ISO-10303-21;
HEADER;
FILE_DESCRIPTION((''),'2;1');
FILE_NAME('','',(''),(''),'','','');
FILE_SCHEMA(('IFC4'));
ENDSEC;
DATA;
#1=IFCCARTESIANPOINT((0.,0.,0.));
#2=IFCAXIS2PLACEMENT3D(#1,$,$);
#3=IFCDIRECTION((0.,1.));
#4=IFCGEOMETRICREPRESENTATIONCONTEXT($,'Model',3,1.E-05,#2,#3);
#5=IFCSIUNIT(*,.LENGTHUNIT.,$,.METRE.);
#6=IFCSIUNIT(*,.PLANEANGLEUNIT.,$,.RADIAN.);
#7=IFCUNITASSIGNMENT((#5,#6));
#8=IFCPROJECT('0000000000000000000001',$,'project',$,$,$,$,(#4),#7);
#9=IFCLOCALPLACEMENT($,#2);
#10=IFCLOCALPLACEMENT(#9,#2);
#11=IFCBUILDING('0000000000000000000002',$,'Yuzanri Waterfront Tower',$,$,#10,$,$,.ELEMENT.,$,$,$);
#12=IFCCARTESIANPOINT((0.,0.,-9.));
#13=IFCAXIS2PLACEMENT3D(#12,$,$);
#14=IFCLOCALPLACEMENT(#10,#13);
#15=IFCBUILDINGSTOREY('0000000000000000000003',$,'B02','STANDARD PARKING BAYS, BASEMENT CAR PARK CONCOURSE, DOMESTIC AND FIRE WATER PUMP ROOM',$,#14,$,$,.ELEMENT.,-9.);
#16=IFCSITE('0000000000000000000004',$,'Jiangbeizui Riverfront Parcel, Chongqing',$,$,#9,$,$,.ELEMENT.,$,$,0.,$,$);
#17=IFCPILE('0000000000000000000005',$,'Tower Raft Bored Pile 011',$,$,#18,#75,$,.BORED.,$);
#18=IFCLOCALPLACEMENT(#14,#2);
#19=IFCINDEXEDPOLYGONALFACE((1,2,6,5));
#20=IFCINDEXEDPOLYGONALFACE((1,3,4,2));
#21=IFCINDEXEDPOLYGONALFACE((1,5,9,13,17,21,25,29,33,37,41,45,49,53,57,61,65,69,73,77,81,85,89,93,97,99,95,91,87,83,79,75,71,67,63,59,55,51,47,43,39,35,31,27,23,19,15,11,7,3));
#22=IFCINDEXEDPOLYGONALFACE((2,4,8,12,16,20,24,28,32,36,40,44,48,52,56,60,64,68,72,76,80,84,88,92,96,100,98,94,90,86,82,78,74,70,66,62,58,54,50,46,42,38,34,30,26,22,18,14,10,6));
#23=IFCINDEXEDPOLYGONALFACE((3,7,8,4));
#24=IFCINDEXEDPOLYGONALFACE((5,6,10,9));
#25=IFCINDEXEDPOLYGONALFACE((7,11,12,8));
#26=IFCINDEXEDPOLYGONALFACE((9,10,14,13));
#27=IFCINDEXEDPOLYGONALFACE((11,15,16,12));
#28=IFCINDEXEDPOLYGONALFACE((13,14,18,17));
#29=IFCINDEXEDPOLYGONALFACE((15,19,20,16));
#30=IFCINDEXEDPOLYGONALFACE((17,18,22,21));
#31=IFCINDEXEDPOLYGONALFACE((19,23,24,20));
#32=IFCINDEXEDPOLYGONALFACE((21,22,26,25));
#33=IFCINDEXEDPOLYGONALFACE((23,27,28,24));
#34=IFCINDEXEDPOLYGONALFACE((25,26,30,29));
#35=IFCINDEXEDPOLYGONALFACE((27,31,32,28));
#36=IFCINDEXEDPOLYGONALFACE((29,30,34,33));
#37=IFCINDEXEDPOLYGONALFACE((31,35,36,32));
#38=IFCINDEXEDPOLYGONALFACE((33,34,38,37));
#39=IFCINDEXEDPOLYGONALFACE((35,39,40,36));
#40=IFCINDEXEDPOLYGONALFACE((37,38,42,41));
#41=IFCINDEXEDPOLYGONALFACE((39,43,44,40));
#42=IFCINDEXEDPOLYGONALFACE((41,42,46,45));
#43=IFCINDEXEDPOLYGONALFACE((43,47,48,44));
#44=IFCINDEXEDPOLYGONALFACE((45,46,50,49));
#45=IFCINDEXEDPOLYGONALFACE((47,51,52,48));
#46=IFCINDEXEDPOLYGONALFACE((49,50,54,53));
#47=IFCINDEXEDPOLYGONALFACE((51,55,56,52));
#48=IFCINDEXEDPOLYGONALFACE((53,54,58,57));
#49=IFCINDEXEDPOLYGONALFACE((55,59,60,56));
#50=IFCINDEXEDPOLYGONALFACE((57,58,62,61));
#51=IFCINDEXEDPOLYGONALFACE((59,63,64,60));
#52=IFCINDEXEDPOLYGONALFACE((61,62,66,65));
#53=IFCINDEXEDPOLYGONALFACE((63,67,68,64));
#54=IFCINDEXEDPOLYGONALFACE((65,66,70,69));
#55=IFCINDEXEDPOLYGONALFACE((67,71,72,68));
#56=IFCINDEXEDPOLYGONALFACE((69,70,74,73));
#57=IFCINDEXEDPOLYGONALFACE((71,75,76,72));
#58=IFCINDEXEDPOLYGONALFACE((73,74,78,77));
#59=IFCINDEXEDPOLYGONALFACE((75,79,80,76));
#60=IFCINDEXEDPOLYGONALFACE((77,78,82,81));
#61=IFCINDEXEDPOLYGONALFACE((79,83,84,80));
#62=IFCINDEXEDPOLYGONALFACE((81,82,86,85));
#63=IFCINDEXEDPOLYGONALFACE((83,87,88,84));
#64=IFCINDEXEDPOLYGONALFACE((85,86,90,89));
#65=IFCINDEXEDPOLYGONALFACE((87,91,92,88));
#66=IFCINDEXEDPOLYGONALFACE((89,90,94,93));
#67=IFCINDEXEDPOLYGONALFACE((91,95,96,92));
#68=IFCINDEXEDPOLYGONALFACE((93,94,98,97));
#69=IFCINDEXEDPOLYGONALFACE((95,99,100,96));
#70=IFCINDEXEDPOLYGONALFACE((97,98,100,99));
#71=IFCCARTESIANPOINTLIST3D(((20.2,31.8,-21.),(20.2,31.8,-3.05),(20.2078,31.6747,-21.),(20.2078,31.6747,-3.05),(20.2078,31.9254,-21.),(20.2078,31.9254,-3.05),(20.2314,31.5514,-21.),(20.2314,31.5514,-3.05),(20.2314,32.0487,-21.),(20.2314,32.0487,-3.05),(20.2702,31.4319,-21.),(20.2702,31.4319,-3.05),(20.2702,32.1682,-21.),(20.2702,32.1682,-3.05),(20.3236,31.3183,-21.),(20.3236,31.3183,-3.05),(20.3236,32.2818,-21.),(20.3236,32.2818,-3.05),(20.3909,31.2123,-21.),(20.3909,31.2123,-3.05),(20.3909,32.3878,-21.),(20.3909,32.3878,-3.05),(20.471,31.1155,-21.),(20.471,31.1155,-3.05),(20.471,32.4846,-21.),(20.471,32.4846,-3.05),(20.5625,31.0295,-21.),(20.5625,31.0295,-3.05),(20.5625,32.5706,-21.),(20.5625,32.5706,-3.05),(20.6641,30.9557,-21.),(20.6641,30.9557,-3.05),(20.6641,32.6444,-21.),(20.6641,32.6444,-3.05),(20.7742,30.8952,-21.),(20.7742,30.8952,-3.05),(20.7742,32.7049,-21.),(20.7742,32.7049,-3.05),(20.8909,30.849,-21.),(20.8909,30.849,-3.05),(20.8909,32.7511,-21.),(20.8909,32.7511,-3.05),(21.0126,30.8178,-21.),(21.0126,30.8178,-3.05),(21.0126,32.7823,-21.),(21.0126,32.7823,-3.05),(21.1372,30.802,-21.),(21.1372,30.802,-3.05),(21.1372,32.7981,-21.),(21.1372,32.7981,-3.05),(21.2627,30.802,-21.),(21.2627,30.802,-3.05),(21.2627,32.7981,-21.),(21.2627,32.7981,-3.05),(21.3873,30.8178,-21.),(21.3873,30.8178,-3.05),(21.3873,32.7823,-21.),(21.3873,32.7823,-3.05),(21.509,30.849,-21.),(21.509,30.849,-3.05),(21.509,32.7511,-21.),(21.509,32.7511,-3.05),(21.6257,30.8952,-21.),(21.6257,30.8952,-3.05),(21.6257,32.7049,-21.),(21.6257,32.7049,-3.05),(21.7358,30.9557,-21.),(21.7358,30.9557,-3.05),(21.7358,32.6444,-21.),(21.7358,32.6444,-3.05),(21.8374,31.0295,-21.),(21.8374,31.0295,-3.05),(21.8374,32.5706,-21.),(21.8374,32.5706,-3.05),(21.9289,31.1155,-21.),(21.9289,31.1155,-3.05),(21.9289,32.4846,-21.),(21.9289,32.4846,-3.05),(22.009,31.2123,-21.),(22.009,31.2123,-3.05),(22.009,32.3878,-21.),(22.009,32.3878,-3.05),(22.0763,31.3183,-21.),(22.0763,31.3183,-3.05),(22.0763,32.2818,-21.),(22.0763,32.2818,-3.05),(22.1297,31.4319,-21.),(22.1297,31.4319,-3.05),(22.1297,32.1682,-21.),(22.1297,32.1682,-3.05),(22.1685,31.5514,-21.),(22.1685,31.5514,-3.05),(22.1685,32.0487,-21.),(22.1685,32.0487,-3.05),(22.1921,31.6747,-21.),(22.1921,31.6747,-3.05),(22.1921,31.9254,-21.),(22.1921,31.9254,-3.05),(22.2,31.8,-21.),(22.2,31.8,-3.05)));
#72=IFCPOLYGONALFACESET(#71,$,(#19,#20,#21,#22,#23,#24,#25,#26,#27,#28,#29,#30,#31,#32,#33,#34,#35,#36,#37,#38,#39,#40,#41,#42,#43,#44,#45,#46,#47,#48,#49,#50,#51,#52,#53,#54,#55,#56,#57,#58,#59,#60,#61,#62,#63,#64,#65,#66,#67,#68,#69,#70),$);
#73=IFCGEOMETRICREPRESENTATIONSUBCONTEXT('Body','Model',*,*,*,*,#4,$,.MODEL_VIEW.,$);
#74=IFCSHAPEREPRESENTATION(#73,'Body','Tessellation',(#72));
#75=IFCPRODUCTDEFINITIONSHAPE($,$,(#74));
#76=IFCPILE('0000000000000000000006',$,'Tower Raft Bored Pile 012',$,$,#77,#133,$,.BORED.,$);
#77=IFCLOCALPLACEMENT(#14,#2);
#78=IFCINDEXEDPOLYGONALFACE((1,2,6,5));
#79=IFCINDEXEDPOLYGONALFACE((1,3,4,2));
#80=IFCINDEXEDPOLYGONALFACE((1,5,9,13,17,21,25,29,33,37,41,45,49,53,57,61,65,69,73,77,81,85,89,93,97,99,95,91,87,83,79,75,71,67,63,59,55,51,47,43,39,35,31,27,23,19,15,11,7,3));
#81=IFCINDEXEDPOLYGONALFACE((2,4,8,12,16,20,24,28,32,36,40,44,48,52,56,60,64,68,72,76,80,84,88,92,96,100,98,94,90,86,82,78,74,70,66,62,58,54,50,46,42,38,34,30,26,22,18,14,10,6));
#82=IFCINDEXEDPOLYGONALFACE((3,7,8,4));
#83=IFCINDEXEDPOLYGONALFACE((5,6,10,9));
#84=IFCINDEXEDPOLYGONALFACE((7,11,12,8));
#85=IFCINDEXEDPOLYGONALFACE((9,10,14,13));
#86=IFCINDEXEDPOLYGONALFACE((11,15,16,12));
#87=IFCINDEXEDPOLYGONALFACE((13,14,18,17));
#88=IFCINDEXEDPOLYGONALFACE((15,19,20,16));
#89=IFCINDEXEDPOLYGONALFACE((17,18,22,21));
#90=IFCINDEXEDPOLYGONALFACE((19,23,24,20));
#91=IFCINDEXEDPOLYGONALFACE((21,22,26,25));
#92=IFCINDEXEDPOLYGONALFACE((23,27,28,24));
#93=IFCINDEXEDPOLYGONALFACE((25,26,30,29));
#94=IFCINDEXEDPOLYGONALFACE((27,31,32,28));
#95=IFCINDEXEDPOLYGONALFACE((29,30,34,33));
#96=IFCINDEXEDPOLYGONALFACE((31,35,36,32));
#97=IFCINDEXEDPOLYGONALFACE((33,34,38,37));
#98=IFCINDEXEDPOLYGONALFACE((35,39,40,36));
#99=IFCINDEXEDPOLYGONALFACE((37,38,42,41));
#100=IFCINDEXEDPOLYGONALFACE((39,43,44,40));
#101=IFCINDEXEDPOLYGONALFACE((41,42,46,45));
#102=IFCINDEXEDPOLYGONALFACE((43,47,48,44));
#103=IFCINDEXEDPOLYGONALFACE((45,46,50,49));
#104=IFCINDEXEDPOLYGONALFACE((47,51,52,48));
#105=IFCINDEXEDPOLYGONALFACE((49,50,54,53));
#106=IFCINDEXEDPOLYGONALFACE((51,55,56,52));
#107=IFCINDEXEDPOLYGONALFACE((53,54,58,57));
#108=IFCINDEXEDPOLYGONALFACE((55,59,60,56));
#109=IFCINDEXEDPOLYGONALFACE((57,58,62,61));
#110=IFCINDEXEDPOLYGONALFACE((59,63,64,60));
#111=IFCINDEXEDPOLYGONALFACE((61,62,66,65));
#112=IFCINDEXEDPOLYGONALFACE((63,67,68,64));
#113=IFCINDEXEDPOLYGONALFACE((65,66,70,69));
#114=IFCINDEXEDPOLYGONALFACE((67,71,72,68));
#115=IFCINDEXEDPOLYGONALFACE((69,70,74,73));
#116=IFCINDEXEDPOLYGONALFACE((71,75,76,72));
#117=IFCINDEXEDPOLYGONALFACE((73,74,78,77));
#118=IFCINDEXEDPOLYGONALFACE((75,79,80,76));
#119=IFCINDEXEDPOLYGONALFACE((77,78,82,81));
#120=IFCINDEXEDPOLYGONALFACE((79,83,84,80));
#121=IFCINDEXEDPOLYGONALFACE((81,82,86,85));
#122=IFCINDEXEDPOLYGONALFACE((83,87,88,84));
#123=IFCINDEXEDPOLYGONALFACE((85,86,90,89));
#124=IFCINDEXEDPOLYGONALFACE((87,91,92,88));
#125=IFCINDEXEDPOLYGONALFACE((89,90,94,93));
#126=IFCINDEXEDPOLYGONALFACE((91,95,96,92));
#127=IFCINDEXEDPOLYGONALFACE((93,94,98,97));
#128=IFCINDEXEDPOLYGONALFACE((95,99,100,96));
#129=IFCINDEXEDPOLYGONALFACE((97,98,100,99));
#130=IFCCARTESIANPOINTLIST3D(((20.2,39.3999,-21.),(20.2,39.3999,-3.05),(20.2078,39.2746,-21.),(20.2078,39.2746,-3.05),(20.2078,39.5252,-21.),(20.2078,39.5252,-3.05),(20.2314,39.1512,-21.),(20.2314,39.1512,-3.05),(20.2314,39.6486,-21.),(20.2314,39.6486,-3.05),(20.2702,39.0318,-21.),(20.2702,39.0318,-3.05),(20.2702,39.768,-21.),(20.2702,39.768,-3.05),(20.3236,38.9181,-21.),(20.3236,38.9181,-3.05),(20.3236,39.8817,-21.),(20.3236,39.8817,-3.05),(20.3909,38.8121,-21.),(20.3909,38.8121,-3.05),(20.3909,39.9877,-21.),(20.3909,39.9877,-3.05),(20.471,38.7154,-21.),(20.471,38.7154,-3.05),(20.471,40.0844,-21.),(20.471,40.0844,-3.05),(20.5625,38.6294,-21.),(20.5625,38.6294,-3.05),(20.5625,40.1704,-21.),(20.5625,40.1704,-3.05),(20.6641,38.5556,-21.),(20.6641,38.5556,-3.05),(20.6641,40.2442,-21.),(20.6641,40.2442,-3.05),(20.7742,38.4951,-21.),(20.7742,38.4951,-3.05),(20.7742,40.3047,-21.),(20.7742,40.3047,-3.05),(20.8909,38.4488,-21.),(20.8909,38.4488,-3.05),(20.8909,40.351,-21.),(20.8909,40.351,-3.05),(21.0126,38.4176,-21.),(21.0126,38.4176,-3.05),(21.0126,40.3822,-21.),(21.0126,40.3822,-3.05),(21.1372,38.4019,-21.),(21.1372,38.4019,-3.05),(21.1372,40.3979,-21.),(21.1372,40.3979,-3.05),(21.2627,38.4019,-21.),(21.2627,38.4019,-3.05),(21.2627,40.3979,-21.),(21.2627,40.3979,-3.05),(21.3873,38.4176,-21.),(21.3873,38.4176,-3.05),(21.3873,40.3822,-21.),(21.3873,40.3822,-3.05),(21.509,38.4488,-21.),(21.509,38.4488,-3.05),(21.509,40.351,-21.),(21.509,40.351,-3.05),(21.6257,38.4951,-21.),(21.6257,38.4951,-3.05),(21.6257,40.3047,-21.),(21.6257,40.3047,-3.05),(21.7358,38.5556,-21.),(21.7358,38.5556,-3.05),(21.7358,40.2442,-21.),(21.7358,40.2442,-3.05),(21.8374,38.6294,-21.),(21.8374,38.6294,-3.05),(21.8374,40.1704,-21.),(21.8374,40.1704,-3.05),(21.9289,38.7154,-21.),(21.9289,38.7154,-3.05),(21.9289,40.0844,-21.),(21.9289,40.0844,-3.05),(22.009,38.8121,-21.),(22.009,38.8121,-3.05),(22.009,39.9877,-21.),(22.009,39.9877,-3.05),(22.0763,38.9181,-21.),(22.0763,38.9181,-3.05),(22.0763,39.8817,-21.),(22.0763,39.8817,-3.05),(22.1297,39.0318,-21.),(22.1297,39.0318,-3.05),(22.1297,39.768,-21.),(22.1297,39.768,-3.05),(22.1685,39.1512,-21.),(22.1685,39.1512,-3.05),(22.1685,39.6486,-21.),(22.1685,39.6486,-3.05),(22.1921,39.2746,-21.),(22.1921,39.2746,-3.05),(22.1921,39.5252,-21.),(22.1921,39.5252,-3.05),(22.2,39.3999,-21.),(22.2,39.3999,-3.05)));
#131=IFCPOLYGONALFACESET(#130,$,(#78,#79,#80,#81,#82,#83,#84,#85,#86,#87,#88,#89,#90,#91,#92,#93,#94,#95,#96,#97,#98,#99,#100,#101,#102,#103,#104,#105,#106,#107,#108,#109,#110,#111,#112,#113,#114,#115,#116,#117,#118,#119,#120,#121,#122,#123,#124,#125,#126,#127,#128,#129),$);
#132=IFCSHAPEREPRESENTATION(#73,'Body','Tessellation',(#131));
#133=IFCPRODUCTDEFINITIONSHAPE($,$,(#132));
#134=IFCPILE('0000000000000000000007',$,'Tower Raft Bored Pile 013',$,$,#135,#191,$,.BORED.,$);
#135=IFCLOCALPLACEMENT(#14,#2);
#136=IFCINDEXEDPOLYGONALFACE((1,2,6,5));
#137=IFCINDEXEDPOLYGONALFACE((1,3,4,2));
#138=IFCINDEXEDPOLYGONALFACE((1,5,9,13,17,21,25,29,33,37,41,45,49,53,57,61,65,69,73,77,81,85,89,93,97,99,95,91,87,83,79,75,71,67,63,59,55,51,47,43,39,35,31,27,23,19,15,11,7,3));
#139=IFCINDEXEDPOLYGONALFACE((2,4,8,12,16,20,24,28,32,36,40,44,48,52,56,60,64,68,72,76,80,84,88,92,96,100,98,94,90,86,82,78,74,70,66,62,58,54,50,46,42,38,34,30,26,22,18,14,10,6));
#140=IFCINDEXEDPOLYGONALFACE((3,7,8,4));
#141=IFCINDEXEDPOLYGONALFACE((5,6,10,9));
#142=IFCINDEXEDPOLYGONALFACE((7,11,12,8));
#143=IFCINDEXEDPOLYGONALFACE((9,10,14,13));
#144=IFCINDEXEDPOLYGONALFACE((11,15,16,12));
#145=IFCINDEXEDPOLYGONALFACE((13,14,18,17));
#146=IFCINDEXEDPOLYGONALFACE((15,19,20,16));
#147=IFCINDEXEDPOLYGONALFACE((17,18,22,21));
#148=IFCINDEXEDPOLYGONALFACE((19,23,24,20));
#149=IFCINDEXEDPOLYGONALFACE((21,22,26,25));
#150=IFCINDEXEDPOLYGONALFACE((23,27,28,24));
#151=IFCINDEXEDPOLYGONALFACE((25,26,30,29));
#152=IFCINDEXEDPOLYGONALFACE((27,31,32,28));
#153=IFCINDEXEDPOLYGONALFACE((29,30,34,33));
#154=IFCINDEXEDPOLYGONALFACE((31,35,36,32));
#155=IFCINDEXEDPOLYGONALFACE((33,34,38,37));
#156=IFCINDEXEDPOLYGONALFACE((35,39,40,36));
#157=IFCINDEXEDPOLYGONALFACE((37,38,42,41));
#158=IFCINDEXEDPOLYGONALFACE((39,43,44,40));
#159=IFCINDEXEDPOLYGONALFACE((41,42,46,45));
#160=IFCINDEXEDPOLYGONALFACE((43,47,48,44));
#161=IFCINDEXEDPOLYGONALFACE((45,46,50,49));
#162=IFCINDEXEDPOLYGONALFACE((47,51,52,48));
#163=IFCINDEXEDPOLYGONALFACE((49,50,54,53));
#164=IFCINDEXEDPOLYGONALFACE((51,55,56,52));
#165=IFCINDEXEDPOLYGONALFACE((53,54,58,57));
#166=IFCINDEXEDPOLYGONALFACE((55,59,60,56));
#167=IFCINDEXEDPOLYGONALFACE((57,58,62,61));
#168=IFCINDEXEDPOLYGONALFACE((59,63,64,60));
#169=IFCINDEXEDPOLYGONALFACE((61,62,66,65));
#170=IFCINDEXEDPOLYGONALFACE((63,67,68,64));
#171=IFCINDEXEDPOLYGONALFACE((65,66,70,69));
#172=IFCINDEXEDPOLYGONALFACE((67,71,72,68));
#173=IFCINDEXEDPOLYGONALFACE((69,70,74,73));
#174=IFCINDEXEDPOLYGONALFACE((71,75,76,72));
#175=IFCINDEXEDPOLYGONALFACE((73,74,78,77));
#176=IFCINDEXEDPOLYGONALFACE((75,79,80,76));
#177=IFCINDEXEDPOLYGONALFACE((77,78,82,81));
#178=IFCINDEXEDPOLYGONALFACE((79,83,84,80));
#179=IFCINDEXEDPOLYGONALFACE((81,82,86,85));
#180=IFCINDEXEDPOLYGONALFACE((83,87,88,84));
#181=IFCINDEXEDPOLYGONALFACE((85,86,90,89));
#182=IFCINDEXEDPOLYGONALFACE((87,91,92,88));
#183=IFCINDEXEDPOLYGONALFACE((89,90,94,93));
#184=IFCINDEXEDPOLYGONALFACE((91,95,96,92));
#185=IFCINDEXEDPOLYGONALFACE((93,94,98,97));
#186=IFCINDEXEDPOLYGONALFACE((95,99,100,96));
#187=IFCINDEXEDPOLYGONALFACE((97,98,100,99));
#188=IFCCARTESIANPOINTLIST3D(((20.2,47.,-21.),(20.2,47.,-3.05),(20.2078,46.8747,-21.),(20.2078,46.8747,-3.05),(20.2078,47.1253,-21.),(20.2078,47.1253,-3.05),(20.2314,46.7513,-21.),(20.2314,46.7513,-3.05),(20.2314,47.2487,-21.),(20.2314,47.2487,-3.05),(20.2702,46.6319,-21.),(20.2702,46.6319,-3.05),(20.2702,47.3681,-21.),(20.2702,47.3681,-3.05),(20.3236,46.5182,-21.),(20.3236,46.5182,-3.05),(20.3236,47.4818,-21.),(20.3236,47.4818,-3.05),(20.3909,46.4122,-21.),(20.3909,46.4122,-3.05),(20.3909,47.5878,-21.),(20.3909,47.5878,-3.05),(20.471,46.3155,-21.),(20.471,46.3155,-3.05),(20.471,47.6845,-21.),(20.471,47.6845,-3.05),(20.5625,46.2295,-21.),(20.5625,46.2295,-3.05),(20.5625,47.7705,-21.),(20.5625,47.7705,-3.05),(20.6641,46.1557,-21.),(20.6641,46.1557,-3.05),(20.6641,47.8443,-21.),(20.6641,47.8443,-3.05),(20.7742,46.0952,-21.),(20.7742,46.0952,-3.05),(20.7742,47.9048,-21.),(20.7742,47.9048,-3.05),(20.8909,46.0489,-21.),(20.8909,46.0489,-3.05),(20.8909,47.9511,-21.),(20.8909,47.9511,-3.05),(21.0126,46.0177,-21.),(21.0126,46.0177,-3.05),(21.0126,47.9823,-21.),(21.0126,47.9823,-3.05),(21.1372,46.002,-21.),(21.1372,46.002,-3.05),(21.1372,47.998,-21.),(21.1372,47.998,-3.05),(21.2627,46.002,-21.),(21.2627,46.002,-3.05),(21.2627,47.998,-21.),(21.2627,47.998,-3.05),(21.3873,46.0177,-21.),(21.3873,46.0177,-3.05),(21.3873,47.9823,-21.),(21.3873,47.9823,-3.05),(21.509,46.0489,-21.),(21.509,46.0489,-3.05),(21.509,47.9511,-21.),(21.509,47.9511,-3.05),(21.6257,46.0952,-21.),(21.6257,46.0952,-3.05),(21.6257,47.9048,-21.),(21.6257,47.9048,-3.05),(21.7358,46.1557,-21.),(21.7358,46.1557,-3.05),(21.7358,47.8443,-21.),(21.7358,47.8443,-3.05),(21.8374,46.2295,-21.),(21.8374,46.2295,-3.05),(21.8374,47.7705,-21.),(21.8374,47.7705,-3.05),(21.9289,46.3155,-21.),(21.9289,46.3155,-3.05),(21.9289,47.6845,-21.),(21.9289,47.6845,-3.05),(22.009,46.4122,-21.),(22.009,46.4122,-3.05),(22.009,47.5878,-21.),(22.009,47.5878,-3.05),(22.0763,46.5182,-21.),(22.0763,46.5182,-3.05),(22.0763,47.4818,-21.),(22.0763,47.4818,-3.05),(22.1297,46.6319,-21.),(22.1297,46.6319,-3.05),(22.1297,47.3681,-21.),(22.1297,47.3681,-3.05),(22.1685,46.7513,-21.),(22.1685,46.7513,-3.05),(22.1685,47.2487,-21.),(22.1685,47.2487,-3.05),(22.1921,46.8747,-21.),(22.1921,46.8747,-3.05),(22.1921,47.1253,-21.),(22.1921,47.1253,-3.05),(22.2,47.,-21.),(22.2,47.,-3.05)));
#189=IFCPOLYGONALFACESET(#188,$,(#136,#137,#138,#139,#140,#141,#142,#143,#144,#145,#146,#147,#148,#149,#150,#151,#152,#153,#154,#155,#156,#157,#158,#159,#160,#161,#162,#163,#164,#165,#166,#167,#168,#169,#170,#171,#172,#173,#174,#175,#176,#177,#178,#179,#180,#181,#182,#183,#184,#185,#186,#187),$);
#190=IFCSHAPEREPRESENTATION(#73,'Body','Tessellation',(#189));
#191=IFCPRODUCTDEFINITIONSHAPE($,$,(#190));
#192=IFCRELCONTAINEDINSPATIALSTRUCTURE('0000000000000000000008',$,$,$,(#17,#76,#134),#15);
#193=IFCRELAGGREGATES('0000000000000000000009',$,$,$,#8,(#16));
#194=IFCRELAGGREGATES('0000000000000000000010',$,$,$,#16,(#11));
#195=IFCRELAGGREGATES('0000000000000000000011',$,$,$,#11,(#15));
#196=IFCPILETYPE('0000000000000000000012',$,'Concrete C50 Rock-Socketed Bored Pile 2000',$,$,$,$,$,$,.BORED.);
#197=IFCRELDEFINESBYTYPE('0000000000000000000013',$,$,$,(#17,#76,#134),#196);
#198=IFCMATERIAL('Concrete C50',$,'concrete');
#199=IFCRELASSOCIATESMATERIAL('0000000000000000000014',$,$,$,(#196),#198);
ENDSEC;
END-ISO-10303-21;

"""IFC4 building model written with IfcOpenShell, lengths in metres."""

from ifc_helpers import new_model, si_unit, direction, frame, origin, origin_2d, place, context, subcontext, project, spatial, circle, extrude, source, transform, mapped, material, material_profile, profile_set, type_object, element, save


model = new_model("IFC4")

# Units and contexts
model_context = context("Model", 3, precision=1e-05, world=origin(), true_north=direction((0.0, 1.0)))
body_context = subcontext(model_context, "Body", "Model", "MODEL_VIEW")
ifc_project = project(units=[si_unit("LENGTHUNIT", "METRE"), si_unit("PLANEANGLEUNIT", "RADIAN")], contexts=[model_context])

# Site, building, storey
site_placement = place(None, origin())
site = spatial("IfcSite", under=ifc_project, at=site_placement, Name="Jiangbeizui Riverfront Parcel, Chongqing", CompositionType="ELEMENT", RefElevation=0.0)
building_placement = place(site_placement, origin())
building = spatial("IfcBuilding", under=site, at=building_placement, Name="Yuzanri Waterfront Tower", CompositionType="ELEMENT")
storey_placement = place(building_placement, frame((0.0, 0.0, -9.0)))
storey = spatial("IfcBuildingStorey", under=building, at=storey_placement, Name="B02", Description="STANDARD PARKING BAYS, BASEMENT CAR PARK CONCOURSE, DOMESTIC AND FIRE WATER PUMP ROOM", CompositionType="ELEMENT", Elevation=-9.0)

# Piles
ifc_material_1 = material(Name="Concrete C50", Category="concrete")
ifc_material_profile_1 = material_profile(ifc_material_1, circle(Radius=1.0, at=origin_2d()), Name="PILE D2000")
ifc_profile_set_1 = profile_set([ifc_material_profile_1], Name="Concrete C50")
pile_type = type_object("IfcPileType", Name="Concrete C50 Rock-Socketed Bored Pile 2000", PredefinedType="BORED", material=ifc_profile_set_1)
shared_shape_1 = source(origin(), body_context, "Body", "SweptSolid", [
    extrude(circle(Radius=1.0, at=origin_2d()), origin(), (0.0, 0.0, 1.0), 17.95),
])
for number, where, z_axis, x_axis, name in (
    (1, (21.2, 31.8, -3.05), (0.0, 0.0, -1.0), (1.0, 0.0, 0.0), "Tower Raft Bored Pile 011"),
    (2, (21.2, 39.3999, -3.05), (0.0, 0.0, -1.0), (1.0, 0.0, 0.0), "Tower Raft Bored Pile 012"),
    (3, (21.2, 47.0, -3.05), (0.0, 0.0, -1.0), (1.0, 0.0, 0.0), "Tower Raft Bored Pile 013"),
):
    element("IfcPile", number, at=place(storey_placement, frame(where, z_axis=z_axis, x_axis=x_axis)), inside=storey, type_object=pile_type, Name=name, PredefinedType="BORED", context=body_context, shape_type="MappedRepresentation", body=[
        mapped(shared_shape_1, transform((0.0, 0.0, 0.0), scale=1.0)),
    ])

save(model, "model.ifc")
